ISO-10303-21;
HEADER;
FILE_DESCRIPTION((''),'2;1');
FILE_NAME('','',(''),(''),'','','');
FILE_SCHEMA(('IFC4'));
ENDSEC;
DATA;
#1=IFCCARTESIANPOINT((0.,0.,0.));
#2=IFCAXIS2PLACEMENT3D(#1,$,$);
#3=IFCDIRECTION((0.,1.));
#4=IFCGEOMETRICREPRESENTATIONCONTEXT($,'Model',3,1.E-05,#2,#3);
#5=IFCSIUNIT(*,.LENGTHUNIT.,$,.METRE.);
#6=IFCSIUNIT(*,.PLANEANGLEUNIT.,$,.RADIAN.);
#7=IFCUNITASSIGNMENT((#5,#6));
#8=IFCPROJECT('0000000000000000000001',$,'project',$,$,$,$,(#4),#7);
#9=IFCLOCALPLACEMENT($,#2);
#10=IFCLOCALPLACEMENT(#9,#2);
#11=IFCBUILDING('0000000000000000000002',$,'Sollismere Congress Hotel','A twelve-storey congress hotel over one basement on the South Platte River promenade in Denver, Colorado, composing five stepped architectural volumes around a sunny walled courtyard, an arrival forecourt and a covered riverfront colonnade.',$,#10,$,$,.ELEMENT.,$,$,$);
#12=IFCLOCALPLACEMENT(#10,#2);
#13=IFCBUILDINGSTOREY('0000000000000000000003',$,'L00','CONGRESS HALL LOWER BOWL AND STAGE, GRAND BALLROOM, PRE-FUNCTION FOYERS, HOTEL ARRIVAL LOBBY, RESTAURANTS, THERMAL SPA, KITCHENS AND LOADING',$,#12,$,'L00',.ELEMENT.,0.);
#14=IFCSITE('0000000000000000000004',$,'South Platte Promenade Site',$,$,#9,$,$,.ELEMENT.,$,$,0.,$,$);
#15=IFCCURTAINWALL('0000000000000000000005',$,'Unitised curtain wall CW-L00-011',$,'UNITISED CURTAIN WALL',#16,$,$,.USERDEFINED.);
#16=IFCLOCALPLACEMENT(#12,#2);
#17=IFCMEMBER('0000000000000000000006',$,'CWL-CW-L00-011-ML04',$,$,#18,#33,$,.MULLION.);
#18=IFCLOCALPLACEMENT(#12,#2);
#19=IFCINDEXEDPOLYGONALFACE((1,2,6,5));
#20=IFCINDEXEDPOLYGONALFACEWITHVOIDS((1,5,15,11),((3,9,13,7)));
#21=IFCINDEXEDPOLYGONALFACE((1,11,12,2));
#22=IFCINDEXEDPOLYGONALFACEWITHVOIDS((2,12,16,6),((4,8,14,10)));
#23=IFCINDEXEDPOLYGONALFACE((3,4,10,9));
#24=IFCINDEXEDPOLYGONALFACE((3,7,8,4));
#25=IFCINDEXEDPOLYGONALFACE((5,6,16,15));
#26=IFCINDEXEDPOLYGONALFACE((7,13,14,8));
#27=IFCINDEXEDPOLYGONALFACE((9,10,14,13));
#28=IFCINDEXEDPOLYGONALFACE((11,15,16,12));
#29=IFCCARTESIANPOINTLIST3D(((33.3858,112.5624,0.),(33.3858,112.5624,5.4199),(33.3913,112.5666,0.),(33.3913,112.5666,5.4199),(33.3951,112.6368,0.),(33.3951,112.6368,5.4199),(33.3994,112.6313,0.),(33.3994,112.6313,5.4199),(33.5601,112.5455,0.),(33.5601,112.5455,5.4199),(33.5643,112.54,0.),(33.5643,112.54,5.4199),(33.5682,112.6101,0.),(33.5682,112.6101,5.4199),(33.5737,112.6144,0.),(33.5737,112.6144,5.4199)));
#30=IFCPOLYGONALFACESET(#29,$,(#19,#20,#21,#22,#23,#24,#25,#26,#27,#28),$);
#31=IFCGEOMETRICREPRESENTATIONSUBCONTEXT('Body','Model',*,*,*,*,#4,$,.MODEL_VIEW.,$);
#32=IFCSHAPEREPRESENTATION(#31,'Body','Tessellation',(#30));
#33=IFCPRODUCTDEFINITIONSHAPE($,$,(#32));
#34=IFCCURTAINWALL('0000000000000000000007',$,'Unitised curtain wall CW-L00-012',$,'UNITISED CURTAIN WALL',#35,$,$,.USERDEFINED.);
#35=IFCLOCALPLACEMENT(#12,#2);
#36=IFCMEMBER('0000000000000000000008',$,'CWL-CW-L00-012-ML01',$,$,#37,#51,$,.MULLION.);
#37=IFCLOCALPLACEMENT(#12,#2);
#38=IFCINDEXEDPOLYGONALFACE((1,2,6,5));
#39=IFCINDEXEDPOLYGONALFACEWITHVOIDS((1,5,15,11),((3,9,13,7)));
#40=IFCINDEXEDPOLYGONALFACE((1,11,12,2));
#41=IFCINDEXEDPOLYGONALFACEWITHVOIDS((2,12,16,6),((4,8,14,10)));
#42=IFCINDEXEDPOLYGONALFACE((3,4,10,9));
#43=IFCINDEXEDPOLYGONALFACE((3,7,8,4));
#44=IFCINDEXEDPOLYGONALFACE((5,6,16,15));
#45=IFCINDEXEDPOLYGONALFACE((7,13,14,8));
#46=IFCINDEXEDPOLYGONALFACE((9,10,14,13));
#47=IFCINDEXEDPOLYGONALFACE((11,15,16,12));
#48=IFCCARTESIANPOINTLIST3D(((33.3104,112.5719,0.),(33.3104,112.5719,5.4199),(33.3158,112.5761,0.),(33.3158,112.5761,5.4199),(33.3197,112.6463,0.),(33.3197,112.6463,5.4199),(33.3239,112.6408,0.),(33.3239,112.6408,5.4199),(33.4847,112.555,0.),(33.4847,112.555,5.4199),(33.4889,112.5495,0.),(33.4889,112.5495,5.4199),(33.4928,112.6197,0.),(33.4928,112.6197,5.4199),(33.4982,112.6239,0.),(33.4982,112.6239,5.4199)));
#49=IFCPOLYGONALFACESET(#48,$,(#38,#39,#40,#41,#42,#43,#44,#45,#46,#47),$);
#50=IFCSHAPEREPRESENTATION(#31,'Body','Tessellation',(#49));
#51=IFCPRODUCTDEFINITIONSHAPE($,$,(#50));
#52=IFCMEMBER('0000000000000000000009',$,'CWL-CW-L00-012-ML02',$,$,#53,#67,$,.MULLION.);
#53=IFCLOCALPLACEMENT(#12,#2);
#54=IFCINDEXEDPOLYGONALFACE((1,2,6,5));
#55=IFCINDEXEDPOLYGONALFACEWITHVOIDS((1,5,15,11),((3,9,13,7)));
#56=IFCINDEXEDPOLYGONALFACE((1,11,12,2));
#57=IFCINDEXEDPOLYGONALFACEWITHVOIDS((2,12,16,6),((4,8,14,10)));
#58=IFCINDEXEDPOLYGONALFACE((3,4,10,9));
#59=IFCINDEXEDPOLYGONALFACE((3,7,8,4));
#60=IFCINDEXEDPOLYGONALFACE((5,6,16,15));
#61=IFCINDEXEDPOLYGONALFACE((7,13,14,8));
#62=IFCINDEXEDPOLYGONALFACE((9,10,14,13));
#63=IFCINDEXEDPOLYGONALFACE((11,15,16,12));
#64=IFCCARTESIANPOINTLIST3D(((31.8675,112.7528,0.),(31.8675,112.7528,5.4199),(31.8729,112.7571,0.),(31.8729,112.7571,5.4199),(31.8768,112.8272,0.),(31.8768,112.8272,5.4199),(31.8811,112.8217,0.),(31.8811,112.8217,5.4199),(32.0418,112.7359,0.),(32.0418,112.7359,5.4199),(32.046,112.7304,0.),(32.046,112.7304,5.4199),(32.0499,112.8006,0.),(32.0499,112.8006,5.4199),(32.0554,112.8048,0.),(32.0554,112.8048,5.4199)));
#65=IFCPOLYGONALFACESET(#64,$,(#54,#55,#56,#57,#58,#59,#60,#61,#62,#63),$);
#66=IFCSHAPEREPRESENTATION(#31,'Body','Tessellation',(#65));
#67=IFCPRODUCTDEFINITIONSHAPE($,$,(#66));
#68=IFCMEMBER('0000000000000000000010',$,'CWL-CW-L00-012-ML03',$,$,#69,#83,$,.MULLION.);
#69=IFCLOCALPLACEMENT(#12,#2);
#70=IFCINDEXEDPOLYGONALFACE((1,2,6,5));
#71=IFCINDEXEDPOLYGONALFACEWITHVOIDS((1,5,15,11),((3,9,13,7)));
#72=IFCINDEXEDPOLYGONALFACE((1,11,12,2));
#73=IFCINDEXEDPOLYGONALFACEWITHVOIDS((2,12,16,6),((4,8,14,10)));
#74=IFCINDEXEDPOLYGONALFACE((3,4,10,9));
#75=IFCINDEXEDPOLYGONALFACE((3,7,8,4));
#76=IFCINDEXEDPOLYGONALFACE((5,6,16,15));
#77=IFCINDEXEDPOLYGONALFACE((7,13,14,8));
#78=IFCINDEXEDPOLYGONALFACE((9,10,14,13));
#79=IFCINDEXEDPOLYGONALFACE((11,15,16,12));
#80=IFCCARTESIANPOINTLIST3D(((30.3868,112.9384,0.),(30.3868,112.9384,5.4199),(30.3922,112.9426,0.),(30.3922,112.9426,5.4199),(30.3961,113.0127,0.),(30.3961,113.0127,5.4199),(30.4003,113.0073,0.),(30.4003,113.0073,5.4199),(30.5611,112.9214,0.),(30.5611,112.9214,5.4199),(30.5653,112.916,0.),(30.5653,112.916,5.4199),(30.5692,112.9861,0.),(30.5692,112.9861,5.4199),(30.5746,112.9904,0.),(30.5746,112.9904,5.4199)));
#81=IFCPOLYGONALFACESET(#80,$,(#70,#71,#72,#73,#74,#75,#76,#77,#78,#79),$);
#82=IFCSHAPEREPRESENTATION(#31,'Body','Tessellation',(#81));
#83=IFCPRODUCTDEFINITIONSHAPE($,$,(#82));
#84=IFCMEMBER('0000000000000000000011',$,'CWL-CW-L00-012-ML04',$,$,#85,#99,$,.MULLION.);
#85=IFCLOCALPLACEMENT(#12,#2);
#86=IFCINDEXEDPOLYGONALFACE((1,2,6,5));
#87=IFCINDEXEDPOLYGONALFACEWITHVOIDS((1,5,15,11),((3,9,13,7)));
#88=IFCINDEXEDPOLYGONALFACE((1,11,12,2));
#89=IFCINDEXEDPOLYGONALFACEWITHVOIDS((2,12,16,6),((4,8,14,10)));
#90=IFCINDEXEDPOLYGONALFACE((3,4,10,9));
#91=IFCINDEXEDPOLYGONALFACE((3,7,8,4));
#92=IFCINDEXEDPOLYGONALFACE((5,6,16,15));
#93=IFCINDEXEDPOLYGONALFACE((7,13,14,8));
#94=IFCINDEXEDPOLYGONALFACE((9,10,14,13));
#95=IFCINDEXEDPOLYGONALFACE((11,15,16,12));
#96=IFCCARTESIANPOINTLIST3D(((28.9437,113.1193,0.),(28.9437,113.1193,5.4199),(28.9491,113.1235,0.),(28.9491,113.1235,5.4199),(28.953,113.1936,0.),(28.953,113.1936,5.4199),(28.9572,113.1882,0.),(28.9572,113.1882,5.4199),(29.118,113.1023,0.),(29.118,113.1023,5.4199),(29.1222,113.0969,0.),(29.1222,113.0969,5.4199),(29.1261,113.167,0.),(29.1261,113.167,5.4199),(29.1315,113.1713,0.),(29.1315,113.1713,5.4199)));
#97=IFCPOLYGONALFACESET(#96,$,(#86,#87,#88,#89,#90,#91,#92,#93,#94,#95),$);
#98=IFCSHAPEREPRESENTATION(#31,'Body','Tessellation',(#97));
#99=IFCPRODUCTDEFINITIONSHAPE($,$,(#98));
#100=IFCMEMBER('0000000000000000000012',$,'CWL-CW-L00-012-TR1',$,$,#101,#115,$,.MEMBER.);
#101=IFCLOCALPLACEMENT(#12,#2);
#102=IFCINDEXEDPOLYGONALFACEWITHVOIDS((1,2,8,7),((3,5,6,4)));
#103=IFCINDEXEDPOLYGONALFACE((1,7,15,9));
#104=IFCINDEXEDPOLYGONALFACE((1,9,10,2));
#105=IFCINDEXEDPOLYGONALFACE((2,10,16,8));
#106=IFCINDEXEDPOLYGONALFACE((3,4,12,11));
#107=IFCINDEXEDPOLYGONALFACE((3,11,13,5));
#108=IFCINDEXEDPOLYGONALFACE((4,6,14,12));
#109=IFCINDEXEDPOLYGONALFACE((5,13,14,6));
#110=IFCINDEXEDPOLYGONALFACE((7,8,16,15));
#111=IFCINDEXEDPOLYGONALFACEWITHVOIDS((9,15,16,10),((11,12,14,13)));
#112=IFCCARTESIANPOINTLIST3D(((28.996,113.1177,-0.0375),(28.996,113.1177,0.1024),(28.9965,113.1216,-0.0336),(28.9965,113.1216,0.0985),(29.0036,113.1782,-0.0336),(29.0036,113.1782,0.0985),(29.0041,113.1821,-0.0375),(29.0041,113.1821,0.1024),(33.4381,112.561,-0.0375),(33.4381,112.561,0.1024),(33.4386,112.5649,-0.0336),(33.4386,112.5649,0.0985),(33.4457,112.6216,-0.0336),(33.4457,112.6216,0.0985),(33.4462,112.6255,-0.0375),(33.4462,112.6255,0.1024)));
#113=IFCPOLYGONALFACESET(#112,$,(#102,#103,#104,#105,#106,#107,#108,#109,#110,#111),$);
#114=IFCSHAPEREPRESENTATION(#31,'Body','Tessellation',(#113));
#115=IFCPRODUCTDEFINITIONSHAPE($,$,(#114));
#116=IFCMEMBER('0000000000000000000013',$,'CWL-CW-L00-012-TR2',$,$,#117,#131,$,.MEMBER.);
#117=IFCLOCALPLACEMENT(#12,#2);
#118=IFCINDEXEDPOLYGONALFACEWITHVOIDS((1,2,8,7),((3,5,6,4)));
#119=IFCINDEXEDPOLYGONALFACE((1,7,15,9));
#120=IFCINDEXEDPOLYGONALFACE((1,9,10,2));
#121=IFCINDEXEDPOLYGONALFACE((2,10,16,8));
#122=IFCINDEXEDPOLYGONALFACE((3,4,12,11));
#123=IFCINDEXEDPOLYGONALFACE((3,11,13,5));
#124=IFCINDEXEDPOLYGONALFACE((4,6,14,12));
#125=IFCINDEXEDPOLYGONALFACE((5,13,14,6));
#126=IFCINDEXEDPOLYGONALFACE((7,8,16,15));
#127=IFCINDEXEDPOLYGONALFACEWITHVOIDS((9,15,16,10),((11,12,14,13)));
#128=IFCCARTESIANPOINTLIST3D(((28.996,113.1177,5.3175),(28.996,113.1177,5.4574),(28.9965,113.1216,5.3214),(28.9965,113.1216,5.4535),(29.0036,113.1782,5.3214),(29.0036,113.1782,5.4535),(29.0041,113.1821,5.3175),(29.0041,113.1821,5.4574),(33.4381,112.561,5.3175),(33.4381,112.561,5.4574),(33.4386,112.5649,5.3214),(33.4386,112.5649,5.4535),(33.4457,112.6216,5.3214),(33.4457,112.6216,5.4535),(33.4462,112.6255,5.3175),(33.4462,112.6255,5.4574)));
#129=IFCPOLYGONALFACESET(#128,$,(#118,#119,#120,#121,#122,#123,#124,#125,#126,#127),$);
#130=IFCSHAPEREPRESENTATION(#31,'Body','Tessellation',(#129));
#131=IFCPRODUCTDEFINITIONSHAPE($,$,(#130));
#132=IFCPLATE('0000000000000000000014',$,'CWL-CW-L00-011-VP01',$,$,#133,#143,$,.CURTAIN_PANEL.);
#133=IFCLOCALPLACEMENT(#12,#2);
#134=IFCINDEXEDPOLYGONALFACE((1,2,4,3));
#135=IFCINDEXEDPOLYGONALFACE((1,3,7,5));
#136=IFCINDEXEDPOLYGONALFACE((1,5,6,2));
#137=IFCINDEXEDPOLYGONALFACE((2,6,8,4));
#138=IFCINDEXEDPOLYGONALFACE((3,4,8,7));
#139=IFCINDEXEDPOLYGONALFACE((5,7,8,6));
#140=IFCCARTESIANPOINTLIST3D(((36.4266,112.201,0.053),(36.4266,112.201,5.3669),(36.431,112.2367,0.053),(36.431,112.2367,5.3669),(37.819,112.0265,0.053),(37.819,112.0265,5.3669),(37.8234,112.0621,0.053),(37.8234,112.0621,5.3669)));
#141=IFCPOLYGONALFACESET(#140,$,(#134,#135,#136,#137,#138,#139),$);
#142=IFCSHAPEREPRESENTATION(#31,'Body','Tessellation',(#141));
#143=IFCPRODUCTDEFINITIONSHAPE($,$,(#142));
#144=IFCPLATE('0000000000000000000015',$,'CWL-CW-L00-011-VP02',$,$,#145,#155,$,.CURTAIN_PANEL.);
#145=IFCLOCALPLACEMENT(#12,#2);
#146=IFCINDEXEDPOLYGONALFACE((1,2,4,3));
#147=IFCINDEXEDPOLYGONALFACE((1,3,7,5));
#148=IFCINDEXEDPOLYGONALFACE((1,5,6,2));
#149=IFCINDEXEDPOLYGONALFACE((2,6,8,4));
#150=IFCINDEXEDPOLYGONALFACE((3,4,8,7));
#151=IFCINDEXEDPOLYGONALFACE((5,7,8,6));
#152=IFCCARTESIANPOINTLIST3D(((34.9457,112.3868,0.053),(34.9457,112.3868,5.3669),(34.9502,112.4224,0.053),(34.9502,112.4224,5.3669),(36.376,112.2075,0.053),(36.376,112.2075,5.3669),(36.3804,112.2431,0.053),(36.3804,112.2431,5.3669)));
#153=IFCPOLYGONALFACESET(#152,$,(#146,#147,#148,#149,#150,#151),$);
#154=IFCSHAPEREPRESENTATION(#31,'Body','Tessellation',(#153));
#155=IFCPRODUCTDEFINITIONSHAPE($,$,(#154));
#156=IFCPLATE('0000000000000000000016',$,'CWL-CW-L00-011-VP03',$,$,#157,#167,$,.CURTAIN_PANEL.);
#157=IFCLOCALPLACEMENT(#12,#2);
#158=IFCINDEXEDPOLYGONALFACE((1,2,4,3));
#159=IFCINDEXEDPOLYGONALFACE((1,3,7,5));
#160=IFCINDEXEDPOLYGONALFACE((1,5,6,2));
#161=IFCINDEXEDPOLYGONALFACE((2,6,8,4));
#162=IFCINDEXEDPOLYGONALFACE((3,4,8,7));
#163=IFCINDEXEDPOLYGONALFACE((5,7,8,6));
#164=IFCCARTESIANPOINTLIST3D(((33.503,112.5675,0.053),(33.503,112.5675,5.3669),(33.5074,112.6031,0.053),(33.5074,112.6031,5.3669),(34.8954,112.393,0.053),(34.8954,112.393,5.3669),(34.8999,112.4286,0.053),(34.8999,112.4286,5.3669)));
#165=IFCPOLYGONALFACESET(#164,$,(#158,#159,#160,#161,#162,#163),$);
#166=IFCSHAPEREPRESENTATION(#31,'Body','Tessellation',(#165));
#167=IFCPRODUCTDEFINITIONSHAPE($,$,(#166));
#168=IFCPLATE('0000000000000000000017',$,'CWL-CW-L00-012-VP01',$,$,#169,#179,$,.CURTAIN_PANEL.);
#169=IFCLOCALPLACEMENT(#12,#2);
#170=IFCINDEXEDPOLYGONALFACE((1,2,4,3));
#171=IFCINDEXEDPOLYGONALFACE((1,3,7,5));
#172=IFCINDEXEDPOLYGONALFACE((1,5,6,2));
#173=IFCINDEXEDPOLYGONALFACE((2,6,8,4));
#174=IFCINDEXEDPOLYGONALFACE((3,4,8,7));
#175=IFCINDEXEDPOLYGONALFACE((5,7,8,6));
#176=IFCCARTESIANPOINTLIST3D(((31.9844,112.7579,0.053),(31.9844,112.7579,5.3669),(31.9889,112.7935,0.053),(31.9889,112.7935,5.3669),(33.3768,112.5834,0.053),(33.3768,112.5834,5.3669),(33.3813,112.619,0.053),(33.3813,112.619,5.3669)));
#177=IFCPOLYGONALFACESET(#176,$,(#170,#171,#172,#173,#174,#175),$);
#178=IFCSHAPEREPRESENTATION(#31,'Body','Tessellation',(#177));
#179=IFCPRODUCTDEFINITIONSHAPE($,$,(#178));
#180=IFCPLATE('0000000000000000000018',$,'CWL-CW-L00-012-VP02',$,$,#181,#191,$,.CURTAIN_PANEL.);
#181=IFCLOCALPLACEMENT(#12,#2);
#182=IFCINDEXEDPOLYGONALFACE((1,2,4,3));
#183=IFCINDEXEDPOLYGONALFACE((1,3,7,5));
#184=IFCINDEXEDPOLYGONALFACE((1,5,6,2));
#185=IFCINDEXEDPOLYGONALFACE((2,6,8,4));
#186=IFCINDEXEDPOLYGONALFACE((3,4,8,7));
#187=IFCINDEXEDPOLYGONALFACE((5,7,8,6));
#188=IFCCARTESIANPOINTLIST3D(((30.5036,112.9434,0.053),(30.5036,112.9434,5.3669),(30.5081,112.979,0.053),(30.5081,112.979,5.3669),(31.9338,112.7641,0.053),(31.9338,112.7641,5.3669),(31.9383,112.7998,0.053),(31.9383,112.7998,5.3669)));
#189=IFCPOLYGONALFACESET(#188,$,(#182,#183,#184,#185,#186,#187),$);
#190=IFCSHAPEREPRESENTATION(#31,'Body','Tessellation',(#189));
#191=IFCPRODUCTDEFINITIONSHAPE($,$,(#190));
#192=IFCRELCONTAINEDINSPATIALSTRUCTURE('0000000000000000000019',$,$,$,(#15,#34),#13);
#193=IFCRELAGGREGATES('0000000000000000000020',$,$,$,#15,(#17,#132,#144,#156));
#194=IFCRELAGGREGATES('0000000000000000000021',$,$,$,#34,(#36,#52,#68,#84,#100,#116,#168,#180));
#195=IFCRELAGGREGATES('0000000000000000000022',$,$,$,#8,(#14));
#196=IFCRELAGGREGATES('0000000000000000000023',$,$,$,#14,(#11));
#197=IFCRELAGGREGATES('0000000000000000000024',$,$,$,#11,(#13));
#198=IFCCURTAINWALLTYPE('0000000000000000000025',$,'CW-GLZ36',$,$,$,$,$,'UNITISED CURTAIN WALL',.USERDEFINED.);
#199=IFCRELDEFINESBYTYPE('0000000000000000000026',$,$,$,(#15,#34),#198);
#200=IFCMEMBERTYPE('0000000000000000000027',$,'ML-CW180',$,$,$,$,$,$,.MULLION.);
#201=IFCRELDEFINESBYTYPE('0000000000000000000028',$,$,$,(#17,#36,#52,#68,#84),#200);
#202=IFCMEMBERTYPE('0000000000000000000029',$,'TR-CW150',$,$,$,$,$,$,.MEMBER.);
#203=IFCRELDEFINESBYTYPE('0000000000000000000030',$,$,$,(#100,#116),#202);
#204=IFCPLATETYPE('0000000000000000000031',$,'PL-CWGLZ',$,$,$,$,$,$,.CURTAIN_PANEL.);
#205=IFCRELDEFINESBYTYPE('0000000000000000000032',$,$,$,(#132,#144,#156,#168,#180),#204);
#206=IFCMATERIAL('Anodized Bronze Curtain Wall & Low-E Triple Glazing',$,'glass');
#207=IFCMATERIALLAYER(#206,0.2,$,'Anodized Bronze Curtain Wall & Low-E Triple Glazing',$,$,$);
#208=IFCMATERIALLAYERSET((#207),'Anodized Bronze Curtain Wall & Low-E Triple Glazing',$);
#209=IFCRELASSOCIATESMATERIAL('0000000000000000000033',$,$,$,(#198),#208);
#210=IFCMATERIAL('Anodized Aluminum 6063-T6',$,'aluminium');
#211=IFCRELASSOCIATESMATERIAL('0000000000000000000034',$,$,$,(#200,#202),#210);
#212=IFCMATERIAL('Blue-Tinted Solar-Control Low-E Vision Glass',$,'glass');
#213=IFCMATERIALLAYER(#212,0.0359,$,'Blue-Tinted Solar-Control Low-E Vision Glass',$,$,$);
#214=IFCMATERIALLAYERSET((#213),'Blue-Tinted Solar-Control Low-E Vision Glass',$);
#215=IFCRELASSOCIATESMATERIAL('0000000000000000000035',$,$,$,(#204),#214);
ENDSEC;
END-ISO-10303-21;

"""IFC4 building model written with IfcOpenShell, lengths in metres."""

from ifc_helpers import new_model, si_unit, direction, frame, origin, origin_2d, place, context, subcontext, project, spatial, rectangle, hollow_rectangle, extrude, material, layer, layer_set, material_profile, profile_set, type_object, element, aggregate, save


model = new_model("IFC4")

# Units and contexts
model_context = context("Model", 3, precision=1e-05, world=origin(), true_north=direction((0.0, 1.0)))
body_context = subcontext(model_context, "Body", "Model", "MODEL_VIEW")
ifc_project = project(units=[si_unit("LENGTHUNIT", "METRE"), si_unit("PLANEANGLEUNIT", "RADIAN")], contexts=[model_context])

# Site, building, storey
site_placement = place(None, origin())
site = spatial("IfcSite", under=ifc_project, at=site_placement, Name="South Platte Promenade Site", CompositionType="ELEMENT", RefElevation=0.0)
building_placement = place(site_placement, origin())
building = spatial("IfcBuilding", under=site, at=building_placement, Name="Sollismere Congress Hotel", Description="A twelve-storey congress hotel over one basement on the South Platte River promenade in Denver, Colorado, composing five stepped architectural volumes around a sunny walled courtyard, an arrival forecourt and a covered riverfront colonnade.", CompositionType="ELEMENT")
storey_placement = place(building_placement, origin())
storey = spatial("IfcBuildingStorey", under=building, at=storey_placement, Name="L00", Description="CONGRESS HALL LOWER BOWL AND STAGE, GRAND BALLROOM, PRE-FUNCTION FOYERS, HOTEL ARRIVAL LOBBY, RESTAURANTS, THERMAL SPA, KITCHENS AND LOADING", LongName="L00", CompositionType="ELEMENT", Elevation=0.0)

# Curtain walls, members
ifc_material_1 = material(Name="Anodized Bronze Curtain Wall & Low-E Triple Glazing", Category="glass")
ifc_layer_1 = layer(ifc_material_1, 0.2, Name="Anodized Bronze Curtain Wall & Low-E Triple Glazing")
ifc_layer_set_1 = layer_set([ifc_layer_1], Name="Anodized Bronze Curtain Wall & Low-E Triple Glazing")
curtain_wall_type = type_object("IfcCurtainWallType", Name="CW-GLZ36", ElementType="UNITISED CURTAIN WALL", PredefinedType="USERDEFINED", material=ifc_layer_set_1)
curtain_wall_1_placement = place(storey_placement, origin())
curtain_wall_1 = element("IfcCurtainWall", 1, at=curtain_wall_1_placement, inside=storey, type_object=curtain_wall_type, Name="Unitised curtain wall CW-L00-011", ObjectType="UNITISED CURTAIN WALL", PredefinedType="USERDEFINED")
ifc_material_2 = material(Name="Anodized Aluminum 6063-T6", Category="aluminium")
ifc_material_profile_1 = material_profile(ifc_material_2, hollow_rectangle(XDim=0.075, YDim=0.1799, WallThickness=0.0049, at=origin_2d()), Name="ALU180X75X5")
ifc_profile_set_1 = profile_set([ifc_material_profile_1], Name="Anodized Aluminum 6063-T6")
member_type_1 = type_object("IfcMemberType", Name="ML-CW180", PredefinedType="MULLION", material=ifc_profile_set_1)
member_1_placement = place(storey_placement, frame((33.4797, 112.5884, 0.0), z_axis=(0.0, 0.0, 1.0), x_axis=(-0.124363, -0.992237, 0.0)))
member_1 = element("IfcMember", 2, at=member_1_placement, type_object=member_type_1, Name="CWL-CW-L00-011-ML04", PredefinedType="MULLION", context=body_context, shape_type="SweptSolid", body=[
    extrude(hollow_rectangle(XDim=0.075, YDim=0.1799, WallThickness=0.0049, at=origin_2d()), origin(), (0.0, 0.0, 1.0), 5.4199),
])
curtain_wall_2_placement = place(storey_placement, origin())
curtain_wall_2 = element("IfcCurtainWall", 3, at=curtain_wall_2_placement, inside=storey, type_object=curtain_wall_type, Name="Unitised curtain wall CW-L00-012", ObjectType="UNITISED CURTAIN WALL", PredefinedType="USERDEFINED")
member_2_placement = place(storey_placement, frame((33.4043, 112.5979, 0.0), z_axis=(0.0, 0.0, 1.0), x_axis=(-0.124363, -0.992237, 0.0)))
member_2 = element("IfcMember", 4, at=member_2_placement, type_object=member_type_1, Name="CWL-CW-L00-012-ML01", PredefinedType="MULLION", context=body_context, shape_type="SweptSolid", body=[
    extrude(hollow_rectangle(XDim=0.075, YDim=0.1799, WallThickness=0.0049, at=origin_2d()), origin(), (0.0, 0.0, 1.0), 5.4199),
])
member_3_placement = place(storey_placement, frame((31.9614, 112.7788, 0.0), z_axis=(0.0, 0.0, 1.0), x_axis=(-0.124363, -0.992237, 0.0)))
member_3 = element("IfcMember", 5, at=member_3_placement, type_object=member_type_1, Name="CWL-CW-L00-012-ML02", PredefinedType="MULLION", context=body_context, shape_type="SweptSolid", body=[
    extrude(hollow_rectangle(XDim=0.075, YDim=0.1799, WallThickness=0.0049, at=origin_2d()), origin(), (0.0, 0.0, 1.0), 5.4199),
])
member_4_placement = place(storey_placement, frame((30.4807, 112.9644, 0.0), z_axis=(0.0, 0.0, 1.0), x_axis=(-0.124363, -0.992237, 0.0)))
member_4 = element("IfcMember", 6, at=member_4_placement, type_object=member_type_1, Name="CWL-CW-L00-012-ML03", PredefinedType="MULLION", context=body_context, shape_type="SweptSolid", body=[
    extrude(hollow_rectangle(XDim=0.075, YDim=0.1799, WallThickness=0.0049, at=origin_2d()), origin(), (0.0, 0.0, 1.0), 5.4199),
])
member_5_placement = place(storey_placement, frame((29.0376, 113.1453, 0.0), z_axis=(0.0, 0.0, 1.0), x_axis=(-0.124363, -0.992237, 0.0)))
member_5 = element("IfcMember", 7, at=member_5_placement, type_object=member_type_1, Name="CWL-CW-L00-012-ML04", PredefinedType="MULLION", context=body_context, shape_type="SweptSolid", body=[
    extrude(hollow_rectangle(XDim=0.075, YDim=0.1799, WallThickness=0.0049, at=origin_2d()), origin(), (0.0, 0.0, 1.0), 5.4199),
])
ifc_material_profile_2 = material_profile(ifc_material_2, hollow_rectangle(XDim=0.0649, YDim=0.1399, WallThickness=0.0039, at=origin_2d()), Name="ALU140X65X4")
ifc_profile_set_2 = profile_set([ifc_material_profile_2], Name="Anodized Aluminum 6063-T6")
member_type_2 = type_object("IfcMemberType", Name="TR-CW150", PredefinedType="MEMBER", material=ifc_profile_set_2)
member_6_placement = place(storey_placement, frame((33.4421, 112.5933, 0.0325), z_axis=(-0.99224, 0.124337, 0.0), x_axis=(-0.124337, -0.99224, 0.0)))
member_6 = element("IfcMember", 8, at=member_6_placement, type_object=member_type_2, Name="CWL-CW-L00-012-TR1", PredefinedType="MEMBER", context=body_context, shape_type="SweptSolid", body=[
    extrude(hollow_rectangle(XDim=0.0649, YDim=0.1399, WallThickness=0.0039, at=origin_2d()), origin(), (0.0, 0.0, 1.0), 4.4768),
])
member_7_placement = place(storey_placement, frame((33.4421, 112.5933, 5.3875), z_axis=(-0.99224, 0.124337, 0.0), x_axis=(-0.124337, -0.99224, 0.0)))
member_7 = element("IfcMember", 9, at=member_7_placement, type_object=member_type_2, Name="CWL-CW-L00-012-TR2", PredefinedType="MEMBER", context=body_context, shape_type="SweptSolid", body=[
    extrude(hollow_rectangle(XDim=0.0649, YDim=0.1399, WallThickness=0.0039, at=origin_2d()), origin(), (0.0, 0.0, 1.0), 4.4768),
])

# Plates
ifc_material_3 = material(Name="Blue-Tinted Solar-Control Low-E Vision Glass", Category="glass")
ifc_layer_2 = layer(ifc_material_3, 0.0359, Name="Blue-Tinted Solar-Control Low-E Vision Glass")
ifc_layer_set_2 = layer_set([ifc_layer_2], Name="Blue-Tinted Solar-Control Low-E Vision Glass")
plate_type_1 = type_object("IfcPlateType", Name="PL-CWGLZ", PredefinedType="CURTAIN_PANEL", material=ifc_layer_set_2)
plate_1_placement = place(storey_placement, frame((37.125, 112.1316, 0.053), z_axis=(0.0, 0.0, 1.0), x_axis=(-0.992237, 0.124363, 0.0)))
plate_1 = element("IfcPlate", 10, at=plate_1_placement, type_object=plate_type_1, Name="CWL-CW-L00-011-VP01", PredefinedType="CURTAIN_PANEL", context=body_context, shape_type="SweptSolid", body=[
    extrude(rectangle(XDim=1.4033, YDim=0.0359, at=origin_2d()), origin(), (0.0, 0.0, 1.0), 5.314),
])
plate_2_placement = place(storey_placement, frame((35.6631, 112.3149, 0.053), z_axis=(0.0, 0.0, 1.0), x_axis=(-0.992237, 0.124363, 0.0)))
plate_2 = element("IfcPlate", 11, at=plate_2_placement, type_object=plate_type_1, Name="CWL-CW-L00-011-VP02", PredefinedType="CURTAIN_PANEL", context=body_context, shape_type="SweptSolid", body=[
    extrude(rectangle(XDim=1.4414, YDim=0.0359, at=origin_2d()), origin(), (0.0, 0.0, 1.0), 5.314),
])
plate_3_placement = place(storey_placement, frame((34.2014, 112.498, 0.053), z_axis=(0.0, 0.0, 1.0), x_axis=(-0.992237, 0.124363, 0.0)))
plate_3 = element("IfcPlate", 12, at=plate_3_placement, type_object=plate_type_1, Name="CWL-CW-L00-011-VP03", PredefinedType="CURTAIN_PANEL", context=body_context, shape_type="SweptSolid", body=[
    extrude(rectangle(XDim=1.4033, YDim=0.0359, at=origin_2d()), origin(), (0.0, 0.0, 1.0), 5.314),
])
aggregate(curtain_wall_1, [member_1, plate_1, plate_2, plate_3])
plate_4_placement = place(storey_placement, frame((32.6829, 112.6885, 0.053), z_axis=(0.0, 0.0, 1.0), x_axis=(-0.992237, 0.124363, 0.0)))
plate_4 = element("IfcPlate", 13, at=plate_4_placement, type_object=plate_type_1, Name="CWL-CW-L00-012-VP01", PredefinedType="CURTAIN_PANEL", context=body_context, shape_type="SweptSolid", body=[
    extrude(rectangle(XDim=1.4033, YDim=0.0359, at=origin_2d()), origin(), (0.0, 0.0, 1.0), 5.314),
])
plate_5_placement = place(storey_placement, frame((31.2209, 112.8716, 0.053), z_axis=(0.0, 0.0, 1.0), x_axis=(-0.992237, 0.124363, 0.0)))
plate_5 = element("IfcPlate", 14, at=plate_5_placement, type_object=plate_type_1, Name="CWL-CW-L00-012-VP02", PredefinedType="CURTAIN_PANEL", context=body_context, shape_type="SweptSolid", body=[
    extrude(rectangle(XDim=1.4414, YDim=0.0359, at=origin_2d()), origin(), (0.0, 0.0, 1.0), 5.314),
])
aggregate(curtain_wall_2, [member_2, member_3, member_4, member_5, member_6, member_7, plate_4, plate_5])

save(model, "model.ifc")
